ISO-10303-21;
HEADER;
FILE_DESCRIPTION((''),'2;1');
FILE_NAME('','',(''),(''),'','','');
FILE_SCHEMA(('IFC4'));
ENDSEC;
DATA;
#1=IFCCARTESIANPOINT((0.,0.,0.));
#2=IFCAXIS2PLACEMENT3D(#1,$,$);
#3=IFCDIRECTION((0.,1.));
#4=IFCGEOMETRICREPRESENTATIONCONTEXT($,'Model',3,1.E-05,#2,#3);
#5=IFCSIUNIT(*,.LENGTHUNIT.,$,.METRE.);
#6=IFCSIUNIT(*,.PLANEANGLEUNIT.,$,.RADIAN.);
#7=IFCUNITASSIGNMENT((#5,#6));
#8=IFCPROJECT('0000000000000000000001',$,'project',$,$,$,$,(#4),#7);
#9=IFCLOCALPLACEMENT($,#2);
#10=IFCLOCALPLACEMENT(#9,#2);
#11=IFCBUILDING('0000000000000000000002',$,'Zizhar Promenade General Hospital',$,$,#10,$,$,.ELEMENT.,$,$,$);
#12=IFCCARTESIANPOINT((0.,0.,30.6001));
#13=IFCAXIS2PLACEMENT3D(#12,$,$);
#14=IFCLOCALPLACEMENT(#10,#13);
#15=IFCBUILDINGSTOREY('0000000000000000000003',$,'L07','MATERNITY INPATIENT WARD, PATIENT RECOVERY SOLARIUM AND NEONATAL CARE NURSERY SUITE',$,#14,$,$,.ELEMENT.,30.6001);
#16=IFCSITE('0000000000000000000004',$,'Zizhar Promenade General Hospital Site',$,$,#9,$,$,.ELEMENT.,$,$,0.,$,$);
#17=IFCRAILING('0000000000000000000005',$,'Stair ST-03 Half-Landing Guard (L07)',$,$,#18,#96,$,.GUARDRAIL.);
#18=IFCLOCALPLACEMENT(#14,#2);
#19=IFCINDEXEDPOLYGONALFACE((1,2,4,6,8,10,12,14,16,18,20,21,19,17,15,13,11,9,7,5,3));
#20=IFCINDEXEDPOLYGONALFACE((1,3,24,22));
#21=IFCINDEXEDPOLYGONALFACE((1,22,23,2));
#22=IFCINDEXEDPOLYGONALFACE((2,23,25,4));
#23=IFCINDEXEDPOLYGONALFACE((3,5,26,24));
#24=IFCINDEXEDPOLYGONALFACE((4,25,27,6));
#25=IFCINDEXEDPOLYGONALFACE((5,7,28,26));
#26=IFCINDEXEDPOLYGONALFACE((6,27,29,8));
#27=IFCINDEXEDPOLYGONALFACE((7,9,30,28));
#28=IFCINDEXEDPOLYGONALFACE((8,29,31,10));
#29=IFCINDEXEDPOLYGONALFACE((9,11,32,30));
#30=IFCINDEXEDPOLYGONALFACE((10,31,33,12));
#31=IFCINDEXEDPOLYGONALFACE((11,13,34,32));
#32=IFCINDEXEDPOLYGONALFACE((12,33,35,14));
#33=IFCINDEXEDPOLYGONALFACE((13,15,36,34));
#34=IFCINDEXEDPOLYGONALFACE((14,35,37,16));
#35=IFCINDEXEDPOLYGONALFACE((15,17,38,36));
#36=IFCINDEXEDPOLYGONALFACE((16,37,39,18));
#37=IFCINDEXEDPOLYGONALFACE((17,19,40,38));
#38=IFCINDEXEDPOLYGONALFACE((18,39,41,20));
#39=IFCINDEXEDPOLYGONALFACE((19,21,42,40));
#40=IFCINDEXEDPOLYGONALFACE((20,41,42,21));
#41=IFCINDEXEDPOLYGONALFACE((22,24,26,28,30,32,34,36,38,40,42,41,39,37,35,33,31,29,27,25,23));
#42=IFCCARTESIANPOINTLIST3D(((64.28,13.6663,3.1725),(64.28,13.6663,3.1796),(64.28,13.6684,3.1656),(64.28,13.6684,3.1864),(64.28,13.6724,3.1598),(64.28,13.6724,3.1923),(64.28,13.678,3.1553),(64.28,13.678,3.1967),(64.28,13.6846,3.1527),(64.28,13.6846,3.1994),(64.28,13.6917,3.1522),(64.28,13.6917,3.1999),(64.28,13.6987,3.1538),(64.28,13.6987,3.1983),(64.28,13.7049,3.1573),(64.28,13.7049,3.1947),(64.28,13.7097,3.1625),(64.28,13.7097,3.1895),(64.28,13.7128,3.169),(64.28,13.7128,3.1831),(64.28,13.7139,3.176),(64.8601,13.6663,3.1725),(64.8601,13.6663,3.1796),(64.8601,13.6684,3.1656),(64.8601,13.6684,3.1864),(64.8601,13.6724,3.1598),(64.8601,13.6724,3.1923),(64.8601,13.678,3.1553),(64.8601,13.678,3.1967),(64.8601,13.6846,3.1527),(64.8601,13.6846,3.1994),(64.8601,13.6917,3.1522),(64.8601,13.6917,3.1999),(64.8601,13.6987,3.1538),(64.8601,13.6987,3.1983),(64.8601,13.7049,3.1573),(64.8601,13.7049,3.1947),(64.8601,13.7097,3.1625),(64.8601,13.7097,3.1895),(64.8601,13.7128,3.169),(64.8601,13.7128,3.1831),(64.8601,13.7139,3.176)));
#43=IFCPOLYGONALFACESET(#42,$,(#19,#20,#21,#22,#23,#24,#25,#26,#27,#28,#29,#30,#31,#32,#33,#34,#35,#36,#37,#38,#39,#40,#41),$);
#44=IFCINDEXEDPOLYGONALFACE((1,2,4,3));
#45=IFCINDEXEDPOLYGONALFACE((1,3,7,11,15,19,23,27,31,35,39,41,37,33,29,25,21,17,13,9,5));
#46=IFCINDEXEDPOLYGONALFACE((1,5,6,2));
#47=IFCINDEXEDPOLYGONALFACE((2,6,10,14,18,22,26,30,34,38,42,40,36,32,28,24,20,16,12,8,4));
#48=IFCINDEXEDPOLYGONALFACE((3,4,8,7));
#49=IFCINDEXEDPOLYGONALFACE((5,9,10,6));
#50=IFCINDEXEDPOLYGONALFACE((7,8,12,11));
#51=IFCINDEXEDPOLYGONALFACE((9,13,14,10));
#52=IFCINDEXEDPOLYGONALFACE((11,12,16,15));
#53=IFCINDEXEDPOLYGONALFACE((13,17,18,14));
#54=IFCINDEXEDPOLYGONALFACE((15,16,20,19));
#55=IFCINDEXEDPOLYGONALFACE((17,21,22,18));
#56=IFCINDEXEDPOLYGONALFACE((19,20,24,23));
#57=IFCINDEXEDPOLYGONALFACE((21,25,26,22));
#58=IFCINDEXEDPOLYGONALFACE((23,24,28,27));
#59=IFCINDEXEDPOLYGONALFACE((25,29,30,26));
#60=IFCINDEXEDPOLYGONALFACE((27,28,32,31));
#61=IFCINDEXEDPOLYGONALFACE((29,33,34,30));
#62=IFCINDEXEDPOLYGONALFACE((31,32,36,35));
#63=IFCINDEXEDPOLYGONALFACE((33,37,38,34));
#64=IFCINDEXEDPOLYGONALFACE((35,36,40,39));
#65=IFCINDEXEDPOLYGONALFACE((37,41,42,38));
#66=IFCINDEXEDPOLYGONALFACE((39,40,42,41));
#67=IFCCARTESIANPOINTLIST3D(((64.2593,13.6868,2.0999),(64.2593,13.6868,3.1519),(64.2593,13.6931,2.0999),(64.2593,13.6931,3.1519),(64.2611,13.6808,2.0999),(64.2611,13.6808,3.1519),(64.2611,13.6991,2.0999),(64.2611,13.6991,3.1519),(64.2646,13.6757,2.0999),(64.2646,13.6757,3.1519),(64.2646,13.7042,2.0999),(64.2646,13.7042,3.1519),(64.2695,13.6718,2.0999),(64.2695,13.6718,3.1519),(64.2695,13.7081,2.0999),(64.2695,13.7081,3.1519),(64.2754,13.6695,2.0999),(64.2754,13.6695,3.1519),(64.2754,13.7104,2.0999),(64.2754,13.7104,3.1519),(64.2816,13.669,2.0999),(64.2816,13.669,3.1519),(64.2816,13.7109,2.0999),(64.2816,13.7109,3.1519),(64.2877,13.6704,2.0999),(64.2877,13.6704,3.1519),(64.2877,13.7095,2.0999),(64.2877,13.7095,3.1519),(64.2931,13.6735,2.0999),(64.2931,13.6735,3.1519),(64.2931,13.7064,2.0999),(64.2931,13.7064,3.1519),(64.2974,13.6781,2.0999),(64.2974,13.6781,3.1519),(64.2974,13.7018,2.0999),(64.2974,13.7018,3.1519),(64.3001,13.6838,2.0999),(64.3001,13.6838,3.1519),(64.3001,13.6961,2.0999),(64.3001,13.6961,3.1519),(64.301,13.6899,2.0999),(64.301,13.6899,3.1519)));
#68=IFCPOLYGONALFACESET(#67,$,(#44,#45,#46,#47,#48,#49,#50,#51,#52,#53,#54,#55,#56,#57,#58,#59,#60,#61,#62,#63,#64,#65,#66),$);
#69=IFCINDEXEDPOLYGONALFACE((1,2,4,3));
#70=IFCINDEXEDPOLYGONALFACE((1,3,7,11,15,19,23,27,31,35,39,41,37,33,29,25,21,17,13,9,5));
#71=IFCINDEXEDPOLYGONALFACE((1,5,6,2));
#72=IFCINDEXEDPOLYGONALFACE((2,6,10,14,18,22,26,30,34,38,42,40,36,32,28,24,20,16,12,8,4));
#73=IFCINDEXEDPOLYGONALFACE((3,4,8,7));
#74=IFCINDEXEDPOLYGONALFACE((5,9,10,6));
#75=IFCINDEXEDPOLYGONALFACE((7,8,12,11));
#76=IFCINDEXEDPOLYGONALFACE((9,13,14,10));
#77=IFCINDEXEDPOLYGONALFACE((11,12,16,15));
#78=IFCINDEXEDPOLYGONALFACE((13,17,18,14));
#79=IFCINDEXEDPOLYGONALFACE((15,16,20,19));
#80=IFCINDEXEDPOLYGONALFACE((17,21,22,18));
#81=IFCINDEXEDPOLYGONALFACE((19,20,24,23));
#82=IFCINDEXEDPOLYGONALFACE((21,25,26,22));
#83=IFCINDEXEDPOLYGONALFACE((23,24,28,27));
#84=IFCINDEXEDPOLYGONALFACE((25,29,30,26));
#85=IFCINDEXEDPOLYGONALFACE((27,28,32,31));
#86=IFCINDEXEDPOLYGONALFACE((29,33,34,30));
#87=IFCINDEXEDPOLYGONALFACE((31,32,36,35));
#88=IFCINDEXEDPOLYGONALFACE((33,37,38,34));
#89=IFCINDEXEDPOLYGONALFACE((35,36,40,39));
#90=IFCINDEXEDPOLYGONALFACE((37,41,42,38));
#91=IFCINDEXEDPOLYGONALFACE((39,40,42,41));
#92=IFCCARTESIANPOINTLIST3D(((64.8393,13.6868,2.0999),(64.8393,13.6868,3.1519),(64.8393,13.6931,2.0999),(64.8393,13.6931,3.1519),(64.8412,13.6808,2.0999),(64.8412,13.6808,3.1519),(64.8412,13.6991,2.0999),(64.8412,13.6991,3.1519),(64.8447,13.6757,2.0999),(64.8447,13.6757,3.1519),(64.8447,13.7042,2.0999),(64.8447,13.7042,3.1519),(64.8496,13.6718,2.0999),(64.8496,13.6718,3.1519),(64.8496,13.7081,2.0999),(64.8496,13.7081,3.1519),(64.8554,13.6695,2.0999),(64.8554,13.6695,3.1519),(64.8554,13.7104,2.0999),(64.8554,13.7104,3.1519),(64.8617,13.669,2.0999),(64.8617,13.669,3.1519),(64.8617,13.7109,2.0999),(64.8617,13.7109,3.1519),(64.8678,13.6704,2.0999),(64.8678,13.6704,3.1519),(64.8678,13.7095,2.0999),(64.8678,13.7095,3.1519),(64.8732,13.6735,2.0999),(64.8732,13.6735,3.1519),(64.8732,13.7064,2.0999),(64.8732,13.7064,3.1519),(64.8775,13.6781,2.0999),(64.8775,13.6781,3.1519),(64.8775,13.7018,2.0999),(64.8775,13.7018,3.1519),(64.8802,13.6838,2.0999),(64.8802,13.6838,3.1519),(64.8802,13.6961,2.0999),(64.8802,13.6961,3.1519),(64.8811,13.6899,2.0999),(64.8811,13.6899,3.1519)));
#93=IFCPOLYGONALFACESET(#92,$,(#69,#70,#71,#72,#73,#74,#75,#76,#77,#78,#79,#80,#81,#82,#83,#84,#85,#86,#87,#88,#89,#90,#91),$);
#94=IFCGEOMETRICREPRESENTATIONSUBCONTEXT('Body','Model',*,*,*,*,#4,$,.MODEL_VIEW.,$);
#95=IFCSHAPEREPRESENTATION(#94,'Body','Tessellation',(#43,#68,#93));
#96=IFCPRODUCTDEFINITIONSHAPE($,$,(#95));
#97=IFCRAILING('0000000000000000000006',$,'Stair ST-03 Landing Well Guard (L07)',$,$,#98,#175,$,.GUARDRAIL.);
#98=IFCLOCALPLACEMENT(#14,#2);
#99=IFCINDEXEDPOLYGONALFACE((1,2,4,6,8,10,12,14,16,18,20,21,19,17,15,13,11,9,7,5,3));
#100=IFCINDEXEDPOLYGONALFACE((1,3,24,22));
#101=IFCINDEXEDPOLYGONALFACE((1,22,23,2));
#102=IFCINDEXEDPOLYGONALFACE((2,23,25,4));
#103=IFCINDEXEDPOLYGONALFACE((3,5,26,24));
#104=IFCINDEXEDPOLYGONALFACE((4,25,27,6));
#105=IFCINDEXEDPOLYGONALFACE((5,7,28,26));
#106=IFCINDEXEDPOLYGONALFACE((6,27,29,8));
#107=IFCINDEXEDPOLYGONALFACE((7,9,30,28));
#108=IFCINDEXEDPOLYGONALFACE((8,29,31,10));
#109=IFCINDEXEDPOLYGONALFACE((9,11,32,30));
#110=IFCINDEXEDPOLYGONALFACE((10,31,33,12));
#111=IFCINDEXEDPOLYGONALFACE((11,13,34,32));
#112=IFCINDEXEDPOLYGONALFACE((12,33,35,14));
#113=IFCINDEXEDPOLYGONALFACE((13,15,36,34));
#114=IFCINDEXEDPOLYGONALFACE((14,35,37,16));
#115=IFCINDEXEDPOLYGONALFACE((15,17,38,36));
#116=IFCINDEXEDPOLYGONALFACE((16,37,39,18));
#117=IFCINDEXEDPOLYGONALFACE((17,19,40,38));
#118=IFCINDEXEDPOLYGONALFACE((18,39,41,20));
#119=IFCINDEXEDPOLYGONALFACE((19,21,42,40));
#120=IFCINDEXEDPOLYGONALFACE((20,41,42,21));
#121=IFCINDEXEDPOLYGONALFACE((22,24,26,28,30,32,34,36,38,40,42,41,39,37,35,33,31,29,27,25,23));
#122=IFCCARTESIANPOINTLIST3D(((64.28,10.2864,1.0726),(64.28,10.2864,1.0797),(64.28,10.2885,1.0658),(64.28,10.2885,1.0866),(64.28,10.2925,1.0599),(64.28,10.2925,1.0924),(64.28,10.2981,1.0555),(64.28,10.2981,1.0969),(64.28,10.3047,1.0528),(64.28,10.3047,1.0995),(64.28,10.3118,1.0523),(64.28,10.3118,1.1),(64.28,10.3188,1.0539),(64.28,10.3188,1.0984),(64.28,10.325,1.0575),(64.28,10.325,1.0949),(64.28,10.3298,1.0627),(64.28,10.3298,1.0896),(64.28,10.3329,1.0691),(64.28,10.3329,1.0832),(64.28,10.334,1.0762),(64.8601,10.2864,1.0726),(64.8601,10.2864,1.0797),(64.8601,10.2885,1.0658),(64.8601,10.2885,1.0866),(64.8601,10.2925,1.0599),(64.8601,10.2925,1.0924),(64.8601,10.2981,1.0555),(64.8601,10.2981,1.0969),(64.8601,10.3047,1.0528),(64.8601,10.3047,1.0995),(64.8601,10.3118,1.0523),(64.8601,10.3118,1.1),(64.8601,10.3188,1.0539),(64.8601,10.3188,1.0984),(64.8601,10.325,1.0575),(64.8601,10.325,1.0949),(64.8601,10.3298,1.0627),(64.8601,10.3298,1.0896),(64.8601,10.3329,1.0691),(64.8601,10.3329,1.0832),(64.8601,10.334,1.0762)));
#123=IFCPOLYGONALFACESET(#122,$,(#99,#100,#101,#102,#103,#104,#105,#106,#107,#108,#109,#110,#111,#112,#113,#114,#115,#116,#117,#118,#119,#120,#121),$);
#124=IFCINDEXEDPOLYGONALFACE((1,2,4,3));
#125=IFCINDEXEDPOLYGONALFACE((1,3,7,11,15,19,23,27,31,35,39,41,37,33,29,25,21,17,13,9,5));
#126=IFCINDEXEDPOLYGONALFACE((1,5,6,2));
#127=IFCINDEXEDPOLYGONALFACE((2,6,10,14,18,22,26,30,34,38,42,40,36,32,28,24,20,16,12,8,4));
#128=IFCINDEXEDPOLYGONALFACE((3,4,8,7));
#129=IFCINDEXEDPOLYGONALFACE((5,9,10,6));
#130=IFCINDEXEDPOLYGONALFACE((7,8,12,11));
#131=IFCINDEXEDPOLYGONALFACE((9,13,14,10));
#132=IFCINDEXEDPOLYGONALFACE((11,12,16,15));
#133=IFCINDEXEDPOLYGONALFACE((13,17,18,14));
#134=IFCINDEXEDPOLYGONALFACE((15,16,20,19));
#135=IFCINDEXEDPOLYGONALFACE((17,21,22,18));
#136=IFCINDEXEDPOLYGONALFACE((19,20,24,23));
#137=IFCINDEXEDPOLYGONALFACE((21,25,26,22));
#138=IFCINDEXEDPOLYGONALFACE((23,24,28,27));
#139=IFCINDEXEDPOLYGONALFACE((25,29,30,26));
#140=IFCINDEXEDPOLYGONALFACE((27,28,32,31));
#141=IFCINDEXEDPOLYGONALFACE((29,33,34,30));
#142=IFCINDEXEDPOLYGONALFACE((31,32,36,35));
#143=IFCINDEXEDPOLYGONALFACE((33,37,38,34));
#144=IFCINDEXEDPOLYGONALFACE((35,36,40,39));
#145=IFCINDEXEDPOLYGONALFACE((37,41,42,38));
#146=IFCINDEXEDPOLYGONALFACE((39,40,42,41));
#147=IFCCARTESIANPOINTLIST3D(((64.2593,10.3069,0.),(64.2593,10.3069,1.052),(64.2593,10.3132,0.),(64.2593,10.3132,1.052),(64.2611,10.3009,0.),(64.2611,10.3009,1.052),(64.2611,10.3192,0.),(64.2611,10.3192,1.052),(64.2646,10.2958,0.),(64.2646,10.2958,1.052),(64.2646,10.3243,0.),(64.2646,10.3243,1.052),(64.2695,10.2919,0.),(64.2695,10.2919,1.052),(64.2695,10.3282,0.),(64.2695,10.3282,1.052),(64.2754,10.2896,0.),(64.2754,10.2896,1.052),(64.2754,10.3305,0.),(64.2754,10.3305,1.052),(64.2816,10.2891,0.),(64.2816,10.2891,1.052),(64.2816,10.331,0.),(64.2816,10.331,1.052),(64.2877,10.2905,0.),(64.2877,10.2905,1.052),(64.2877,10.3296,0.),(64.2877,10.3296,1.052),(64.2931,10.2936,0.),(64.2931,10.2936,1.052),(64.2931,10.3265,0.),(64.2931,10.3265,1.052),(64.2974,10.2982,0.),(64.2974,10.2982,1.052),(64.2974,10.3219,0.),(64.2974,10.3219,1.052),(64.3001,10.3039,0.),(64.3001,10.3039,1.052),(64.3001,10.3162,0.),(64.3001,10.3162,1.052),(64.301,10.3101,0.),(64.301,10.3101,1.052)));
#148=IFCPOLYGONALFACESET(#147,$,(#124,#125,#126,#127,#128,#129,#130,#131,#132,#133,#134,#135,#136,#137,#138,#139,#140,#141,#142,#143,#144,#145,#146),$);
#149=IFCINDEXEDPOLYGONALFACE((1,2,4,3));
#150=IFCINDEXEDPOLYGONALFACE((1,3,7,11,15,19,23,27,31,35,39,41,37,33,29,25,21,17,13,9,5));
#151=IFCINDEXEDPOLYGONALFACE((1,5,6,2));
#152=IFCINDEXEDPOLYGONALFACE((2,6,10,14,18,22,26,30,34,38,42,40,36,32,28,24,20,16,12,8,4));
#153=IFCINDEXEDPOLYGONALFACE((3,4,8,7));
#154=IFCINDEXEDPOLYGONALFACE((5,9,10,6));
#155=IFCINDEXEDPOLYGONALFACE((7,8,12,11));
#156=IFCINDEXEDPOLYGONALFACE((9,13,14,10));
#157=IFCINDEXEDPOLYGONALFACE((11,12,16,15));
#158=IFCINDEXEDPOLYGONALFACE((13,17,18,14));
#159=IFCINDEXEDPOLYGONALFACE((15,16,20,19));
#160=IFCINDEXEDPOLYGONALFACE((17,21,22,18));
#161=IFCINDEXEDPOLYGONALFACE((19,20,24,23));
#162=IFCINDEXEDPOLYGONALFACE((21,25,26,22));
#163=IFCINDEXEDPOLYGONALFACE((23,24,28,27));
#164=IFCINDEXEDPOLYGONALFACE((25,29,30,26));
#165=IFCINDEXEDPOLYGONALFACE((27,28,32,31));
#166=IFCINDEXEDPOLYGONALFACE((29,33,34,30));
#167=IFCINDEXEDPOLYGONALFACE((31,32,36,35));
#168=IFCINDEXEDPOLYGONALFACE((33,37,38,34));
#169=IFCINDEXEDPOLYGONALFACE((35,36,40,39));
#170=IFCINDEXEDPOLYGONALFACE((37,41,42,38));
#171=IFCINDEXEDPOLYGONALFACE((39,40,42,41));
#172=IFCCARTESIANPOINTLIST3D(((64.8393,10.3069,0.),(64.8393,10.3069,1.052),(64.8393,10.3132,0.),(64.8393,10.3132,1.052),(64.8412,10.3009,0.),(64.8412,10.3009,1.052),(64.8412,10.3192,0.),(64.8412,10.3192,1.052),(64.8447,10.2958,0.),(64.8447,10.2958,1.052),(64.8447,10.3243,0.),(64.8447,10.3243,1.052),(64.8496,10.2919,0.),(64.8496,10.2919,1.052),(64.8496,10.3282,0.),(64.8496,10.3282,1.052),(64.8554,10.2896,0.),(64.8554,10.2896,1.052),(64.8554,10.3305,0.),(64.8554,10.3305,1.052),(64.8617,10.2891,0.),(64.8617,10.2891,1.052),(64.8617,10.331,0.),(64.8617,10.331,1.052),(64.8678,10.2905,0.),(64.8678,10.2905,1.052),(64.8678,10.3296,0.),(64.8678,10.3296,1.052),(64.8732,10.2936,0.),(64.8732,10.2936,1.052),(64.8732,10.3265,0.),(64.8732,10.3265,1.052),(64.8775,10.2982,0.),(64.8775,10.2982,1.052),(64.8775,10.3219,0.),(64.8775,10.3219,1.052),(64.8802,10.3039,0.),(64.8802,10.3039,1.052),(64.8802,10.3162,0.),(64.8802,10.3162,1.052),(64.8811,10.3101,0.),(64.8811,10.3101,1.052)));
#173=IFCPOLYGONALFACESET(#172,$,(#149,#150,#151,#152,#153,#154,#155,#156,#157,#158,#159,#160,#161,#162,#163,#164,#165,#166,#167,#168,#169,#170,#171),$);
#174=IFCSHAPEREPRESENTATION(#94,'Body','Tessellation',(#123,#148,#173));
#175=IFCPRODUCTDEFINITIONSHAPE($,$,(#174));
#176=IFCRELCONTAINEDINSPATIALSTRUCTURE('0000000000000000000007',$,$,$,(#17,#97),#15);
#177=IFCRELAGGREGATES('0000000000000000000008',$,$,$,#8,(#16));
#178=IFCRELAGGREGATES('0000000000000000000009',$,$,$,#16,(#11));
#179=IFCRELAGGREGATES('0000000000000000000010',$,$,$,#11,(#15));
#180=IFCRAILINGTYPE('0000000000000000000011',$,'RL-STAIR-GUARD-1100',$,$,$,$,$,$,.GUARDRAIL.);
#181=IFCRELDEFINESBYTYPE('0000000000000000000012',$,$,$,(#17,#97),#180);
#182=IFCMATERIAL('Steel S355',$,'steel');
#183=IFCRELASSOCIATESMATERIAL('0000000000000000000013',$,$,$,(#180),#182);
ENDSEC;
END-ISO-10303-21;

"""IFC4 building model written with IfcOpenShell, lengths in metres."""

from ifc_helpers import new_model, si_unit, direction, frame, origin, origin_2d, place, context, subcontext, project, spatial, circle, hollow_circle, extrude, material, material_profile, profile_set, type_object, element, save


model = new_model("IFC4")

# Units and contexts
model_context = context("Model", 3, precision=1e-05, world=origin(), true_north=direction((0.0, 1.0)))
body_context = subcontext(model_context, "Body", "Model", "MODEL_VIEW")
ifc_project = project(units=[si_unit("LENGTHUNIT", "METRE"), si_unit("PLANEANGLEUNIT", "RADIAN")], contexts=[model_context])

# Site, building, storey
site_placement = place(None, origin())
site = spatial("IfcSite", under=ifc_project, at=site_placement, Name="Zizhar Promenade General Hospital Site", CompositionType="ELEMENT", RefElevation=0.0)
building_placement = place(site_placement, origin())
building = spatial("IfcBuilding", under=site, at=building_placement, Name="Zizhar Promenade General Hospital", CompositionType="ELEMENT")
storey_placement = place(building_placement, frame((0.0, 0.0, 30.6001)))
storey = spatial("IfcBuildingStorey", under=building, at=storey_placement, Name="L07", Description="MATERNITY INPATIENT WARD, PATIENT RECOVERY SOLARIUM AND NEONATAL CARE NURSERY SUITE", CompositionType="ELEMENT", Elevation=30.6001)

# Railings
ifc_material_1 = material(Name="Steel S355", Category="steel")
ifc_material_profile_1 = material_profile(ifc_material_1, hollow_circle(Radius=0.0698, WallThickness=0.0063, at=origin_2d()))
ifc_profile_set_1 = profile_set([ifc_material_profile_1], Name="Steel S355")
railing_type_1 = type_object("IfcRailingType", Name="RL-STAIR-GUARD-1100", PredefinedType="GUARDRAIL", material=ifc_profile_set_1)
for number, where, name in (
    (1, (64.28, 13.6899, 2.0999), "Stair ST-03 Half-Landing Guard (L07)"),
    (2, (64.28, 10.3101, 0.0), "Stair ST-03 Landing Well Guard (L07)"),
):
    element("IfcRailing", number, at=place(storey_placement, frame(where)), inside=storey, type_object=railing_type_1, Name=name, PredefinedType="GUARDRAIL", context=body_context, shape_type="SweptSolid", body=[
        extrude(circle(Radius=0.0239, at=origin_2d()), frame((0.0, 0.0, 1.0762), z_axis=(1.0, 0.0, 0.0), x_axis=(0.0, 1.0, 0.0)), (0.0, 0.0, 1.0), 0.5801),
        extrude(circle(Radius=0.021, at=origin_2d()), origin(), (0.0, 0.0, 1.0), 1.052),
        extrude(circle(Radius=0.021, at=origin_2d()), frame((0.5801, 0.0, 0.0)), (0.0, 0.0, 1.0), 1.052),
    ])

save(model, "model.ifc")
